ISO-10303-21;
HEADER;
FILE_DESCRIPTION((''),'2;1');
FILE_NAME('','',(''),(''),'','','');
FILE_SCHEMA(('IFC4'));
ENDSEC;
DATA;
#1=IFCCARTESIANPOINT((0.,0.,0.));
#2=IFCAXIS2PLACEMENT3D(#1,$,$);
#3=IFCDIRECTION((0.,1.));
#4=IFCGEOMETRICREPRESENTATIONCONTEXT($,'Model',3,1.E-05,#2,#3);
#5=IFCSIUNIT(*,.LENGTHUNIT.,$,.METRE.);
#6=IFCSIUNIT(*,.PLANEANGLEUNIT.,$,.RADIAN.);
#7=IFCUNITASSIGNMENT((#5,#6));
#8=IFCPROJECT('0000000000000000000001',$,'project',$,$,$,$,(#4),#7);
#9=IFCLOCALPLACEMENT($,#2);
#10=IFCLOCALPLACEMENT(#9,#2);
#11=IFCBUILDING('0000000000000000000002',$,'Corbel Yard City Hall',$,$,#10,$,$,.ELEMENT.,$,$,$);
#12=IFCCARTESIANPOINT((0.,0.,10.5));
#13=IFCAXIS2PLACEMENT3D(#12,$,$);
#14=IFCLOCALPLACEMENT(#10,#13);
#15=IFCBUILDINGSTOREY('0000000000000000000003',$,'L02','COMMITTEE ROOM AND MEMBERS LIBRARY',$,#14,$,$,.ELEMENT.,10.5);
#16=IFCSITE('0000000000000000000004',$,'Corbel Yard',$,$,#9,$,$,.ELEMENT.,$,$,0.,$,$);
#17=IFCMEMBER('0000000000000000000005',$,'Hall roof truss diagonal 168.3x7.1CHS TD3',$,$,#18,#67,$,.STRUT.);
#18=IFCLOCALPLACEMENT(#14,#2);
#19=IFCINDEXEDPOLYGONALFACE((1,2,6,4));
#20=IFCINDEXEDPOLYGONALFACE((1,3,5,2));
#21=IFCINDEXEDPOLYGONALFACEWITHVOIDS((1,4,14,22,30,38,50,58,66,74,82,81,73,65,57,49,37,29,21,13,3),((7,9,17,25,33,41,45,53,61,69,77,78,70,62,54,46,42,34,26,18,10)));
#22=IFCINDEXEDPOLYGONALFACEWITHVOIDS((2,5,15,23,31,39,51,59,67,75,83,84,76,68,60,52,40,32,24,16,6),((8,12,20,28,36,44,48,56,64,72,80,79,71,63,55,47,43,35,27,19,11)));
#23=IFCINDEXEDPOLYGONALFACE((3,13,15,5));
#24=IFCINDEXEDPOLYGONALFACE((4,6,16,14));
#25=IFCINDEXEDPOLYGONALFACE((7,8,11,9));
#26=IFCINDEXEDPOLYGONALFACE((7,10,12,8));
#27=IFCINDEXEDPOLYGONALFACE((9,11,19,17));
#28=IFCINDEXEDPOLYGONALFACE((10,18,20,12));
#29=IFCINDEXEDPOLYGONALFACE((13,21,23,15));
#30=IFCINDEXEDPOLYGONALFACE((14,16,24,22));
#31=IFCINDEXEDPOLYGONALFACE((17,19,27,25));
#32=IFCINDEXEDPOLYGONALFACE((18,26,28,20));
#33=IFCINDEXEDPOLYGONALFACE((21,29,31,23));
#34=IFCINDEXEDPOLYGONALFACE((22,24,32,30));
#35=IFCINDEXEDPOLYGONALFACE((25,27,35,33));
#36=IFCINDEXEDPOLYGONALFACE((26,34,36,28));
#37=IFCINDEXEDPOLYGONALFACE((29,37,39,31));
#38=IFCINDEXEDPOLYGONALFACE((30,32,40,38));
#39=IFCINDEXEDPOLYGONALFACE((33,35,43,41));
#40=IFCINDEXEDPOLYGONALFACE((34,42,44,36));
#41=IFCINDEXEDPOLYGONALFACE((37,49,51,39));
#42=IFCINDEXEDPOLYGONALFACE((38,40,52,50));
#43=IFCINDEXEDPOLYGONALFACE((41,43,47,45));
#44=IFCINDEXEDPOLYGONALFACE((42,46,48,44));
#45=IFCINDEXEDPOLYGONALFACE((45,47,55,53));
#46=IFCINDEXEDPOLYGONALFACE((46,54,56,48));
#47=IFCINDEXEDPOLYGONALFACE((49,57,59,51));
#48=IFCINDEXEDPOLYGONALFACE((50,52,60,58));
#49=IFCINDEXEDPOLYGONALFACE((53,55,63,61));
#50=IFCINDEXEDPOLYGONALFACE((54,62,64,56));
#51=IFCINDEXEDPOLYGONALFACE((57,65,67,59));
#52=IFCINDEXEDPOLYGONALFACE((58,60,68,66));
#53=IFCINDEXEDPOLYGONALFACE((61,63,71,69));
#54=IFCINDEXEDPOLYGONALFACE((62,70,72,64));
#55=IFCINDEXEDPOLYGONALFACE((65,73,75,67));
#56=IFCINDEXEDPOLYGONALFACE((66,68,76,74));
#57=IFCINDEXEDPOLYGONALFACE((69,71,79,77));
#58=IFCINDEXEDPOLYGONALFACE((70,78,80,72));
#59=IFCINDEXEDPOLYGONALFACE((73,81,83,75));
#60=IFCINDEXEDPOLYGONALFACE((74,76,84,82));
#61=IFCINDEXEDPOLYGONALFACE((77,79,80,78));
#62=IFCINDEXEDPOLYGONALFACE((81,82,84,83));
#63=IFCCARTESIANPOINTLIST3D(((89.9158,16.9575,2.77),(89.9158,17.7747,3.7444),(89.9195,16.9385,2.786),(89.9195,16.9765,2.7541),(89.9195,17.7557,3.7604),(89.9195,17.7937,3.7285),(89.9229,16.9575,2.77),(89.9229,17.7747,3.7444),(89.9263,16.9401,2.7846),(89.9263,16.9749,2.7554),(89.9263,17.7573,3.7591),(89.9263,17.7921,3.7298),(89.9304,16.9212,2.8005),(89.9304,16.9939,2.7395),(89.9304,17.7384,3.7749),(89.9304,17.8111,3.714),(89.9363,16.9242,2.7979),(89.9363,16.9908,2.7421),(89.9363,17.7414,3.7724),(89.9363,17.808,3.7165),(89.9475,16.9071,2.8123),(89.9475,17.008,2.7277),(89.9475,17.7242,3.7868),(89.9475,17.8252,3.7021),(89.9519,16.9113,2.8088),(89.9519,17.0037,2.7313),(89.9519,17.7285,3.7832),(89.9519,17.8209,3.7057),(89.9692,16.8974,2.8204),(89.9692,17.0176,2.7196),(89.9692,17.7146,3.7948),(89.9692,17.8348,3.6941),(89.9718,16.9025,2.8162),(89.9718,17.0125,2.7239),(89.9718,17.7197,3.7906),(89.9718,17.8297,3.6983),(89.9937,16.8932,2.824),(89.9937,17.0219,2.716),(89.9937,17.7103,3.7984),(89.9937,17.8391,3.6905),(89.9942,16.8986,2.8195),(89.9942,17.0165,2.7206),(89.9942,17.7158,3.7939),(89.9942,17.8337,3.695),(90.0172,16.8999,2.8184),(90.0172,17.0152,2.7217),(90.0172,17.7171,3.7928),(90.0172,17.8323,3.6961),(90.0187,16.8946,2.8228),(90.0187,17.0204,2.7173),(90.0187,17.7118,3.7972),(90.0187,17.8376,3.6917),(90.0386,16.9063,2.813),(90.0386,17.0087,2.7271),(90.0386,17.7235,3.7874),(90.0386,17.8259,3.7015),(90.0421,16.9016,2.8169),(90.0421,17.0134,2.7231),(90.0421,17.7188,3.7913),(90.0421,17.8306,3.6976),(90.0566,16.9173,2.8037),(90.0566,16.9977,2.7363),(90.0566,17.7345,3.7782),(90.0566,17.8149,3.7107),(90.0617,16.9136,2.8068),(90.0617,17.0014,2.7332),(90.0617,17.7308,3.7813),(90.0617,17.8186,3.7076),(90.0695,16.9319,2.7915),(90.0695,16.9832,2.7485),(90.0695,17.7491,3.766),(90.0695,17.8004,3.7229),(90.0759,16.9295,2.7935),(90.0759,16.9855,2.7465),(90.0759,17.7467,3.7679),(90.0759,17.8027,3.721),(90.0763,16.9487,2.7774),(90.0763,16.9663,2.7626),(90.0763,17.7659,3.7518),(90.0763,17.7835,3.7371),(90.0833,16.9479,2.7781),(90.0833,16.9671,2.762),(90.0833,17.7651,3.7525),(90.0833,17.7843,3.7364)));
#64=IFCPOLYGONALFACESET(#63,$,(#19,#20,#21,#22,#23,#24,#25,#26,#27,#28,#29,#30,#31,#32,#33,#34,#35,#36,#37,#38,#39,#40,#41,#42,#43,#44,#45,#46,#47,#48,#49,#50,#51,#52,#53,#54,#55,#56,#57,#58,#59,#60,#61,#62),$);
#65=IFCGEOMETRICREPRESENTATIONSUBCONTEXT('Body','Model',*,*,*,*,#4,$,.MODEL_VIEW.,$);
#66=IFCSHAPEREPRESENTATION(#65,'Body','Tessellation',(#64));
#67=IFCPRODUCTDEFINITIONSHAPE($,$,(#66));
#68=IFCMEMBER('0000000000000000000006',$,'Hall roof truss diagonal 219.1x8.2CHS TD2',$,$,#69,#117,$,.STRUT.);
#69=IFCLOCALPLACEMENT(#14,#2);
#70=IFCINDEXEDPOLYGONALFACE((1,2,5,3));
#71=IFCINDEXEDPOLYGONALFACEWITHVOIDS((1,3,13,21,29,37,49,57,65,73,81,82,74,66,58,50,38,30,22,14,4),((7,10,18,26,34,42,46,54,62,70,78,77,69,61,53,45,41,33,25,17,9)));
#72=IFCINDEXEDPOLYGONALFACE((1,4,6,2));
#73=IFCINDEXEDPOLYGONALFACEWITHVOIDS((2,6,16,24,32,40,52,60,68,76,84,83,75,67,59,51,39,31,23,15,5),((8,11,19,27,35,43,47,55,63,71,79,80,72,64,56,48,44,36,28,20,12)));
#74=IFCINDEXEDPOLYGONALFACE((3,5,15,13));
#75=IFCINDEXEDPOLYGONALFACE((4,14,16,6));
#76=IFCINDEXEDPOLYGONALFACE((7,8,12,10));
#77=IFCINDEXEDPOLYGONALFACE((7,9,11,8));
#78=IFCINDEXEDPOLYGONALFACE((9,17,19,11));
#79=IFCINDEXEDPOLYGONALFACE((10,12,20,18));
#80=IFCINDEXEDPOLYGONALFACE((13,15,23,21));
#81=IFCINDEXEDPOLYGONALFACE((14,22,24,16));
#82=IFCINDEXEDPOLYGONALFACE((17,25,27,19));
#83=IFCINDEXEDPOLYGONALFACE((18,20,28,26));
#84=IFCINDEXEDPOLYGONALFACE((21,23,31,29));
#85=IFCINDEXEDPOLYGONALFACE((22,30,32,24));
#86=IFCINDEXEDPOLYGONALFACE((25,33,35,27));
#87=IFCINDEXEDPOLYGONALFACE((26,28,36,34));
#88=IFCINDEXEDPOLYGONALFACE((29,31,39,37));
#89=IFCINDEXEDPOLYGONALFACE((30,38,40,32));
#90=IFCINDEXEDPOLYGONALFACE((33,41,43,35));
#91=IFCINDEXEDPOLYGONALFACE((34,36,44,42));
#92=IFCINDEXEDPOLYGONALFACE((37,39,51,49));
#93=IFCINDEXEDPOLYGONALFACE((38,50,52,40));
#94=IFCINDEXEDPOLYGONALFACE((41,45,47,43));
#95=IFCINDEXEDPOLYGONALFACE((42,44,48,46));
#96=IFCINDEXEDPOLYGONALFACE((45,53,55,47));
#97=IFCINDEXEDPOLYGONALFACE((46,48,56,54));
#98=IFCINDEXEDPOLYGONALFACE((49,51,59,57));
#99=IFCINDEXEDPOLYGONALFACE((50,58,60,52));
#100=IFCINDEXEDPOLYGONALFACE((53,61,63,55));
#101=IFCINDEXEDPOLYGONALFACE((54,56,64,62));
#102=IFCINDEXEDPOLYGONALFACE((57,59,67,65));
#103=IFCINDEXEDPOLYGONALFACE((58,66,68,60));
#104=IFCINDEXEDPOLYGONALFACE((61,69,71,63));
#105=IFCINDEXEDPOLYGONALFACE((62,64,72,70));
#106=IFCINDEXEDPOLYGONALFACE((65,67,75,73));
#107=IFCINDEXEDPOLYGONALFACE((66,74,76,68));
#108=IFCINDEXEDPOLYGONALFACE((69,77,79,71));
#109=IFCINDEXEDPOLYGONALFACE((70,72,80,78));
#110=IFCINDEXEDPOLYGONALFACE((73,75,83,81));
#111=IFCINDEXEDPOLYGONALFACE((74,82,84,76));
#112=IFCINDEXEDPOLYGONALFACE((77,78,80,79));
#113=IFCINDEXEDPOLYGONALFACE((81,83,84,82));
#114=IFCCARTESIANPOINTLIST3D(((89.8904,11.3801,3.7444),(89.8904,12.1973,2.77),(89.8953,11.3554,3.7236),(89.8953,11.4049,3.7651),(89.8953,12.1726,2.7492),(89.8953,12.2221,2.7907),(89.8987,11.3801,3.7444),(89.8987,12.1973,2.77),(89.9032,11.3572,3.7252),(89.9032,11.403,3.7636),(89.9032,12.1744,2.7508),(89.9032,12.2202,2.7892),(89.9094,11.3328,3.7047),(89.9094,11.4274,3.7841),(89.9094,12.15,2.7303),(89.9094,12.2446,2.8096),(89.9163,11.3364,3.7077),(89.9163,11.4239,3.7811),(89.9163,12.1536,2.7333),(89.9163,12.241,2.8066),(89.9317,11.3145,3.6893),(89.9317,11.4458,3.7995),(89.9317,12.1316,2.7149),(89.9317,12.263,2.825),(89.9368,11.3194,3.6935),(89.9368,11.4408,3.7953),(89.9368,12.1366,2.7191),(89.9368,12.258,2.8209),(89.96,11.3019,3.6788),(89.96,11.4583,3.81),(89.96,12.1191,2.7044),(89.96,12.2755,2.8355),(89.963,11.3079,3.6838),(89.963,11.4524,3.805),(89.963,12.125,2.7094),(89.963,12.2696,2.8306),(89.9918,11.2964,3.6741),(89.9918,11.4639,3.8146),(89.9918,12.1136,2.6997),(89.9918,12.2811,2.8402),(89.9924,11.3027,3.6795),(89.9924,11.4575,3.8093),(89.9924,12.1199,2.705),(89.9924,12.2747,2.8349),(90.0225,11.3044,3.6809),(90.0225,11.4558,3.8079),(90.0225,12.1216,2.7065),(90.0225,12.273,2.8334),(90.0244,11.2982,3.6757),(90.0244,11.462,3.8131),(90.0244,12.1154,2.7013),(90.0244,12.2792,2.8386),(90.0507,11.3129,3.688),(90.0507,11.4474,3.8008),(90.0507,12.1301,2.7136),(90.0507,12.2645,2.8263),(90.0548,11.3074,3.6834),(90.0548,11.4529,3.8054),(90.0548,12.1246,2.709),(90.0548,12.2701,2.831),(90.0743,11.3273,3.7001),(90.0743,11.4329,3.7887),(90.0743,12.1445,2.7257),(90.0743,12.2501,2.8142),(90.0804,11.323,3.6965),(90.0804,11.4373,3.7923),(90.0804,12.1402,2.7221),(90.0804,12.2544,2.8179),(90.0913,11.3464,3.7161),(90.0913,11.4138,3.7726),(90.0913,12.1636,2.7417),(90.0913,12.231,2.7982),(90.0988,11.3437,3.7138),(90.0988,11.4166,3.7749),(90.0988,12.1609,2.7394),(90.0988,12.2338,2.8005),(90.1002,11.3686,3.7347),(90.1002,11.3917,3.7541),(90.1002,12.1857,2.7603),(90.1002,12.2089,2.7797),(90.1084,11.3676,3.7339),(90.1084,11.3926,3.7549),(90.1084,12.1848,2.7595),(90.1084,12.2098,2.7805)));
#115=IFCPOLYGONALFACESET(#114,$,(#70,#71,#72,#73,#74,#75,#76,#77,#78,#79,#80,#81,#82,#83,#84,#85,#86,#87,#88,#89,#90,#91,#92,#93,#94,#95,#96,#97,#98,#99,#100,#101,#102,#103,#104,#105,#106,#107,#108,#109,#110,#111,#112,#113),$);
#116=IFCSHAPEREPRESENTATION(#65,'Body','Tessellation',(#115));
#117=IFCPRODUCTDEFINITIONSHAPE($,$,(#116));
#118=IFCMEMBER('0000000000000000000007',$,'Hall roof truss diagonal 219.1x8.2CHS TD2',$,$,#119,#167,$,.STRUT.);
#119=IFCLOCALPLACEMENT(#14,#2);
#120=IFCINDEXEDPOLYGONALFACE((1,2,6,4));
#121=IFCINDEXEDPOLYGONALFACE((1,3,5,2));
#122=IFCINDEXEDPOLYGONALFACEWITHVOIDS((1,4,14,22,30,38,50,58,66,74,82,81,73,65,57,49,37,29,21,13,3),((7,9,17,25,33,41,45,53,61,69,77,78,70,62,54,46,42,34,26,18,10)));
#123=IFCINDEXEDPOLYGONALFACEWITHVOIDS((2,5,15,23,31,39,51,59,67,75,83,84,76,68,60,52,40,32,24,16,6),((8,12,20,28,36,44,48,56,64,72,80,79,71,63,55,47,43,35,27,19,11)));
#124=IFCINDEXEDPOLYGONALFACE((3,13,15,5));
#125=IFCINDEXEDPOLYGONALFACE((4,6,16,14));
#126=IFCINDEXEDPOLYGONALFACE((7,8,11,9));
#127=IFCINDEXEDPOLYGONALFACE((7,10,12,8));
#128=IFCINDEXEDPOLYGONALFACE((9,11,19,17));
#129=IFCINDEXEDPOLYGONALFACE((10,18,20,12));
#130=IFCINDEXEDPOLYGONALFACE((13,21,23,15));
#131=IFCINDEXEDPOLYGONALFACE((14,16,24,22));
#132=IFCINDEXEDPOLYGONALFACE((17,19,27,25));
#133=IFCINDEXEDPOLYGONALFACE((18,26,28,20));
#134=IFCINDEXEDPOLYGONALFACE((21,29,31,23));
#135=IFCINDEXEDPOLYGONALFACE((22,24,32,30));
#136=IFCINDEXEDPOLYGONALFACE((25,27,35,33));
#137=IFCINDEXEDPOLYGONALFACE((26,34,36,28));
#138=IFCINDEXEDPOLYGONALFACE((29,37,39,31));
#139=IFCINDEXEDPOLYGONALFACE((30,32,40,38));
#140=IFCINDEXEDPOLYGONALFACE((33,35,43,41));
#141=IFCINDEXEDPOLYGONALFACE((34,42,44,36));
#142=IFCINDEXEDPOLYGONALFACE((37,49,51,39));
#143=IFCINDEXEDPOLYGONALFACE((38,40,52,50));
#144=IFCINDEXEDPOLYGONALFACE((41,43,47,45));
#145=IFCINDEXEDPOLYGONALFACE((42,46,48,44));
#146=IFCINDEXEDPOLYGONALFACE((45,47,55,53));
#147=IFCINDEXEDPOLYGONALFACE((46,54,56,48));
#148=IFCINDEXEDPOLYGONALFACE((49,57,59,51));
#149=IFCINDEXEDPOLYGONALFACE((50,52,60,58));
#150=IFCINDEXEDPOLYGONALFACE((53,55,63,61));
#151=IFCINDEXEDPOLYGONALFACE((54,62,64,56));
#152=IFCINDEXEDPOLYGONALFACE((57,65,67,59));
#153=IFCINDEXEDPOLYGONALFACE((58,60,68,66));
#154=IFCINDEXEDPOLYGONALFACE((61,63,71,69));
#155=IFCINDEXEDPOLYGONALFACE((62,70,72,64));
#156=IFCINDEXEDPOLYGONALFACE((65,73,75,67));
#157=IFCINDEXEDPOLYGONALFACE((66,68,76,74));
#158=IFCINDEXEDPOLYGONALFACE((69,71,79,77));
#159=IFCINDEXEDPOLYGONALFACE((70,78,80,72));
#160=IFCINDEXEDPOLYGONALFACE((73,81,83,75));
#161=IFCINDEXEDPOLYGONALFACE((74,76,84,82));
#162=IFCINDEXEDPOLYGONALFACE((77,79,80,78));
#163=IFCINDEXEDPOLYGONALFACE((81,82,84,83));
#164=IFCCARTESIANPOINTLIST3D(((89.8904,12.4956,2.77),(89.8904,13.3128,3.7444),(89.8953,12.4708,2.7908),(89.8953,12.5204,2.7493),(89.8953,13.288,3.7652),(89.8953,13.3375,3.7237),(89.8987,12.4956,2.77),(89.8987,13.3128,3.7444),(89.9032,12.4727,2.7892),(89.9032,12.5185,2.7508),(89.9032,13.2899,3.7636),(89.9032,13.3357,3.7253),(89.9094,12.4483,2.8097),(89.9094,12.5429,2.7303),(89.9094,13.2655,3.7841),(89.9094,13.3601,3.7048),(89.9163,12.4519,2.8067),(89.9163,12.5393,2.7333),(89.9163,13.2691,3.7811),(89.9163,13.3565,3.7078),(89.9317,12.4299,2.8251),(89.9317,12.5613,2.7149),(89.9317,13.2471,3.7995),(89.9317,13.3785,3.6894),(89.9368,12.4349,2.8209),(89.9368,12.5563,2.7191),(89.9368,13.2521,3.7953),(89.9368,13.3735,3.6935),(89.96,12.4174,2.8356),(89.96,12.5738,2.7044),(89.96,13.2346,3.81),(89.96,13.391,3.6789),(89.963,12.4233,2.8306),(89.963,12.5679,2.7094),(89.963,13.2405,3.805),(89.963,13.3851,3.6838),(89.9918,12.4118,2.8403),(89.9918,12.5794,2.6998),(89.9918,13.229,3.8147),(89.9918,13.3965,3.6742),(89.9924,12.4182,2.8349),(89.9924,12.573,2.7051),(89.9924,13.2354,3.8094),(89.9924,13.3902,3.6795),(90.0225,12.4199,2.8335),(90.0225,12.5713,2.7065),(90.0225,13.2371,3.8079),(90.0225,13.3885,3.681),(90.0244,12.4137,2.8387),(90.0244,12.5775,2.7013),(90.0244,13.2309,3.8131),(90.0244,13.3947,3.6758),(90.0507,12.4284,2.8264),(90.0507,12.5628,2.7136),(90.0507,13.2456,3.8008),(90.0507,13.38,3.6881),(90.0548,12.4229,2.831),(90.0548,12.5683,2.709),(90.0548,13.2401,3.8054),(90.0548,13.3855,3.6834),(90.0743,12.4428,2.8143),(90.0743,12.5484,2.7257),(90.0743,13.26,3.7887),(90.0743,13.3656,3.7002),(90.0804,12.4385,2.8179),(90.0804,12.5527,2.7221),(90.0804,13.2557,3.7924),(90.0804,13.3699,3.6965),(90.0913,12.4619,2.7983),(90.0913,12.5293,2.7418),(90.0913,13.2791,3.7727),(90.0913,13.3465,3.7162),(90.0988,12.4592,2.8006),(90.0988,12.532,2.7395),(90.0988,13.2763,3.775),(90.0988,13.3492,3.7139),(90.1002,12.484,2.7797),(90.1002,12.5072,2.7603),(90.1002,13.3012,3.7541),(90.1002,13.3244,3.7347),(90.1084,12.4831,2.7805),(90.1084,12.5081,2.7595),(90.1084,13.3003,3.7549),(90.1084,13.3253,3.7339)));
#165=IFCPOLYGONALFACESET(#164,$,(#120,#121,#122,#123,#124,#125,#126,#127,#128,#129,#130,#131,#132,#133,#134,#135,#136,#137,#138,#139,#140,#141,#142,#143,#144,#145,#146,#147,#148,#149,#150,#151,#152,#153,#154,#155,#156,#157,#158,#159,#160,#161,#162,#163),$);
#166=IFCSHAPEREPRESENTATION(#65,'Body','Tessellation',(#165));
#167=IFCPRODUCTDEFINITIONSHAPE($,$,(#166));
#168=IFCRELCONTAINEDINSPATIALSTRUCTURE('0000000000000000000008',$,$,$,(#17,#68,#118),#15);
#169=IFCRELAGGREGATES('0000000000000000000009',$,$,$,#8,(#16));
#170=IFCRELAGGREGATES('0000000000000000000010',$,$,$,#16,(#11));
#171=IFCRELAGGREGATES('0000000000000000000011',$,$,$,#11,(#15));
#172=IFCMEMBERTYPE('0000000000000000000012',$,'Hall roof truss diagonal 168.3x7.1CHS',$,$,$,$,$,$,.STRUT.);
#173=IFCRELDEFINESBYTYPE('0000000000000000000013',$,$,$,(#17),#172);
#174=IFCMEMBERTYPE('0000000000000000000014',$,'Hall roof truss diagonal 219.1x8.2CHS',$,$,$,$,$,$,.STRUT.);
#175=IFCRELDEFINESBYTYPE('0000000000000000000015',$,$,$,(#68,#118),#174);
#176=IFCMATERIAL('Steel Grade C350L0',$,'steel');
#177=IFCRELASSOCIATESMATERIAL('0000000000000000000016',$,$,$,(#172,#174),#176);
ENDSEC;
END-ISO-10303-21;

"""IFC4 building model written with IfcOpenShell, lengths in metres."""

from ifc_helpers import new_model, si_unit, direction, frame, origin, origin_2d, place, context, subcontext, project, spatial, hollow_circle, extrude, material, material_profile, profile_set, type_object, element, save


model = new_model("IFC4")

# Units and contexts
model_context = context("Model", 3, precision=1e-05, world=origin(), true_north=direction((0.0, 1.0)))
body_context = subcontext(model_context, "Body", "Model", "MODEL_VIEW")
ifc_project = project(units=[si_unit("LENGTHUNIT", "METRE"), si_unit("PLANEANGLEUNIT", "RADIAN")], contexts=[model_context])

# Site, building, storey
site_placement = place(None, origin())
site = spatial("IfcSite", under=ifc_project, at=site_placement, Name="Corbel Yard", CompositionType="ELEMENT", RefElevation=0.0)
building_placement = place(site_placement, origin())
building = spatial("IfcBuilding", under=site, at=building_placement, Name="Corbel Yard City Hall", CompositionType="ELEMENT")
storey_placement = place(building_placement, frame((0.0, 0.0, 10.5)))
storey = spatial("IfcBuildingStorey", under=building, at=storey_placement, Name="L02", Description="COMMITTEE ROOM AND MEMBERS LIBRARY", CompositionType="ELEMENT", Elevation=10.5)

# Members
ifc_material_1 = material(Name="Steel Grade C350L0", Category="steel")
ifc_material_profile_1 = material_profile(ifc_material_1, hollow_circle(Radius=0.0842, WallThickness=0.0071, at=origin_2d()), Name="168.3x7.1CHS")
ifc_profile_set_1 = profile_set([ifc_material_profile_1], Name="Steel Grade C350L0")
member_type_1 = type_object("IfcMemberType", Name="Hall roof truss diagonal 168.3x7.1CHS", PredefinedType="STRUT", material=ifc_profile_set_1)
for number, where, z_axis, x_axis, name in (
    (1, (90.0, 16.9575, 2.77), (0.0, 0.64258, 0.766219), (-1.0, 0.0, 0.0), "Hall roof truss diagonal 168.3x7.1CHS TD3"),
):
    element("IfcMember", number, at=place(storey_placement, frame(where, z_axis=z_axis, x_axis=x_axis)), inside=storey, type_object=member_type_1, Name=name, PredefinedType="STRUT", context=body_context, shape_type="SweptSolid", body=[
        extrude(hollow_circle(Radius=0.0842, WallThickness=0.0071, at=origin_2d()), origin(), (0.0, 0.0, 1.0), 1.2717),
    ])
ifc_material_profile_2 = material_profile(ifc_material_1, hollow_circle(Radius=0.1096, WallThickness=0.0083, at=origin_2d()), Name="219.1x8.2CHS")
ifc_profile_set_2 = profile_set([ifc_material_profile_2], Name="Steel Grade C350L0")
member_type_2 = type_object("IfcMemberType", Name="Hall roof truss diagonal 219.1x8.2CHS", PredefinedType="STRUT", material=ifc_profile_set_2)
for number, where, z_axis, x_axis, name in (
    (2, (90.0, 11.3801, 3.7444), (0.0, 0.64258, -0.766219), (-1.0, 0.0, 0.0), "Hall roof truss diagonal 219.1x8.2CHS TD2"),
    (3, (90.0, 12.4956, 2.77), (0.0, 0.64258, 0.766219), (-1.0, 0.0, 0.0), "Hall roof truss diagonal 219.1x8.2CHS TD2"),
):
    element("IfcMember", number, at=place(storey_placement, frame(where, z_axis=z_axis, x_axis=x_axis)), inside=storey, type_object=member_type_2, Name=name, PredefinedType="STRUT", context=body_context, shape_type="SweptSolid", body=[
        extrude(hollow_circle(Radius=0.1096, WallThickness=0.0083, at=origin_2d()), origin(), (0.0, 0.0, 1.0), 1.2717),
    ])

save(model, "model.ifc")
